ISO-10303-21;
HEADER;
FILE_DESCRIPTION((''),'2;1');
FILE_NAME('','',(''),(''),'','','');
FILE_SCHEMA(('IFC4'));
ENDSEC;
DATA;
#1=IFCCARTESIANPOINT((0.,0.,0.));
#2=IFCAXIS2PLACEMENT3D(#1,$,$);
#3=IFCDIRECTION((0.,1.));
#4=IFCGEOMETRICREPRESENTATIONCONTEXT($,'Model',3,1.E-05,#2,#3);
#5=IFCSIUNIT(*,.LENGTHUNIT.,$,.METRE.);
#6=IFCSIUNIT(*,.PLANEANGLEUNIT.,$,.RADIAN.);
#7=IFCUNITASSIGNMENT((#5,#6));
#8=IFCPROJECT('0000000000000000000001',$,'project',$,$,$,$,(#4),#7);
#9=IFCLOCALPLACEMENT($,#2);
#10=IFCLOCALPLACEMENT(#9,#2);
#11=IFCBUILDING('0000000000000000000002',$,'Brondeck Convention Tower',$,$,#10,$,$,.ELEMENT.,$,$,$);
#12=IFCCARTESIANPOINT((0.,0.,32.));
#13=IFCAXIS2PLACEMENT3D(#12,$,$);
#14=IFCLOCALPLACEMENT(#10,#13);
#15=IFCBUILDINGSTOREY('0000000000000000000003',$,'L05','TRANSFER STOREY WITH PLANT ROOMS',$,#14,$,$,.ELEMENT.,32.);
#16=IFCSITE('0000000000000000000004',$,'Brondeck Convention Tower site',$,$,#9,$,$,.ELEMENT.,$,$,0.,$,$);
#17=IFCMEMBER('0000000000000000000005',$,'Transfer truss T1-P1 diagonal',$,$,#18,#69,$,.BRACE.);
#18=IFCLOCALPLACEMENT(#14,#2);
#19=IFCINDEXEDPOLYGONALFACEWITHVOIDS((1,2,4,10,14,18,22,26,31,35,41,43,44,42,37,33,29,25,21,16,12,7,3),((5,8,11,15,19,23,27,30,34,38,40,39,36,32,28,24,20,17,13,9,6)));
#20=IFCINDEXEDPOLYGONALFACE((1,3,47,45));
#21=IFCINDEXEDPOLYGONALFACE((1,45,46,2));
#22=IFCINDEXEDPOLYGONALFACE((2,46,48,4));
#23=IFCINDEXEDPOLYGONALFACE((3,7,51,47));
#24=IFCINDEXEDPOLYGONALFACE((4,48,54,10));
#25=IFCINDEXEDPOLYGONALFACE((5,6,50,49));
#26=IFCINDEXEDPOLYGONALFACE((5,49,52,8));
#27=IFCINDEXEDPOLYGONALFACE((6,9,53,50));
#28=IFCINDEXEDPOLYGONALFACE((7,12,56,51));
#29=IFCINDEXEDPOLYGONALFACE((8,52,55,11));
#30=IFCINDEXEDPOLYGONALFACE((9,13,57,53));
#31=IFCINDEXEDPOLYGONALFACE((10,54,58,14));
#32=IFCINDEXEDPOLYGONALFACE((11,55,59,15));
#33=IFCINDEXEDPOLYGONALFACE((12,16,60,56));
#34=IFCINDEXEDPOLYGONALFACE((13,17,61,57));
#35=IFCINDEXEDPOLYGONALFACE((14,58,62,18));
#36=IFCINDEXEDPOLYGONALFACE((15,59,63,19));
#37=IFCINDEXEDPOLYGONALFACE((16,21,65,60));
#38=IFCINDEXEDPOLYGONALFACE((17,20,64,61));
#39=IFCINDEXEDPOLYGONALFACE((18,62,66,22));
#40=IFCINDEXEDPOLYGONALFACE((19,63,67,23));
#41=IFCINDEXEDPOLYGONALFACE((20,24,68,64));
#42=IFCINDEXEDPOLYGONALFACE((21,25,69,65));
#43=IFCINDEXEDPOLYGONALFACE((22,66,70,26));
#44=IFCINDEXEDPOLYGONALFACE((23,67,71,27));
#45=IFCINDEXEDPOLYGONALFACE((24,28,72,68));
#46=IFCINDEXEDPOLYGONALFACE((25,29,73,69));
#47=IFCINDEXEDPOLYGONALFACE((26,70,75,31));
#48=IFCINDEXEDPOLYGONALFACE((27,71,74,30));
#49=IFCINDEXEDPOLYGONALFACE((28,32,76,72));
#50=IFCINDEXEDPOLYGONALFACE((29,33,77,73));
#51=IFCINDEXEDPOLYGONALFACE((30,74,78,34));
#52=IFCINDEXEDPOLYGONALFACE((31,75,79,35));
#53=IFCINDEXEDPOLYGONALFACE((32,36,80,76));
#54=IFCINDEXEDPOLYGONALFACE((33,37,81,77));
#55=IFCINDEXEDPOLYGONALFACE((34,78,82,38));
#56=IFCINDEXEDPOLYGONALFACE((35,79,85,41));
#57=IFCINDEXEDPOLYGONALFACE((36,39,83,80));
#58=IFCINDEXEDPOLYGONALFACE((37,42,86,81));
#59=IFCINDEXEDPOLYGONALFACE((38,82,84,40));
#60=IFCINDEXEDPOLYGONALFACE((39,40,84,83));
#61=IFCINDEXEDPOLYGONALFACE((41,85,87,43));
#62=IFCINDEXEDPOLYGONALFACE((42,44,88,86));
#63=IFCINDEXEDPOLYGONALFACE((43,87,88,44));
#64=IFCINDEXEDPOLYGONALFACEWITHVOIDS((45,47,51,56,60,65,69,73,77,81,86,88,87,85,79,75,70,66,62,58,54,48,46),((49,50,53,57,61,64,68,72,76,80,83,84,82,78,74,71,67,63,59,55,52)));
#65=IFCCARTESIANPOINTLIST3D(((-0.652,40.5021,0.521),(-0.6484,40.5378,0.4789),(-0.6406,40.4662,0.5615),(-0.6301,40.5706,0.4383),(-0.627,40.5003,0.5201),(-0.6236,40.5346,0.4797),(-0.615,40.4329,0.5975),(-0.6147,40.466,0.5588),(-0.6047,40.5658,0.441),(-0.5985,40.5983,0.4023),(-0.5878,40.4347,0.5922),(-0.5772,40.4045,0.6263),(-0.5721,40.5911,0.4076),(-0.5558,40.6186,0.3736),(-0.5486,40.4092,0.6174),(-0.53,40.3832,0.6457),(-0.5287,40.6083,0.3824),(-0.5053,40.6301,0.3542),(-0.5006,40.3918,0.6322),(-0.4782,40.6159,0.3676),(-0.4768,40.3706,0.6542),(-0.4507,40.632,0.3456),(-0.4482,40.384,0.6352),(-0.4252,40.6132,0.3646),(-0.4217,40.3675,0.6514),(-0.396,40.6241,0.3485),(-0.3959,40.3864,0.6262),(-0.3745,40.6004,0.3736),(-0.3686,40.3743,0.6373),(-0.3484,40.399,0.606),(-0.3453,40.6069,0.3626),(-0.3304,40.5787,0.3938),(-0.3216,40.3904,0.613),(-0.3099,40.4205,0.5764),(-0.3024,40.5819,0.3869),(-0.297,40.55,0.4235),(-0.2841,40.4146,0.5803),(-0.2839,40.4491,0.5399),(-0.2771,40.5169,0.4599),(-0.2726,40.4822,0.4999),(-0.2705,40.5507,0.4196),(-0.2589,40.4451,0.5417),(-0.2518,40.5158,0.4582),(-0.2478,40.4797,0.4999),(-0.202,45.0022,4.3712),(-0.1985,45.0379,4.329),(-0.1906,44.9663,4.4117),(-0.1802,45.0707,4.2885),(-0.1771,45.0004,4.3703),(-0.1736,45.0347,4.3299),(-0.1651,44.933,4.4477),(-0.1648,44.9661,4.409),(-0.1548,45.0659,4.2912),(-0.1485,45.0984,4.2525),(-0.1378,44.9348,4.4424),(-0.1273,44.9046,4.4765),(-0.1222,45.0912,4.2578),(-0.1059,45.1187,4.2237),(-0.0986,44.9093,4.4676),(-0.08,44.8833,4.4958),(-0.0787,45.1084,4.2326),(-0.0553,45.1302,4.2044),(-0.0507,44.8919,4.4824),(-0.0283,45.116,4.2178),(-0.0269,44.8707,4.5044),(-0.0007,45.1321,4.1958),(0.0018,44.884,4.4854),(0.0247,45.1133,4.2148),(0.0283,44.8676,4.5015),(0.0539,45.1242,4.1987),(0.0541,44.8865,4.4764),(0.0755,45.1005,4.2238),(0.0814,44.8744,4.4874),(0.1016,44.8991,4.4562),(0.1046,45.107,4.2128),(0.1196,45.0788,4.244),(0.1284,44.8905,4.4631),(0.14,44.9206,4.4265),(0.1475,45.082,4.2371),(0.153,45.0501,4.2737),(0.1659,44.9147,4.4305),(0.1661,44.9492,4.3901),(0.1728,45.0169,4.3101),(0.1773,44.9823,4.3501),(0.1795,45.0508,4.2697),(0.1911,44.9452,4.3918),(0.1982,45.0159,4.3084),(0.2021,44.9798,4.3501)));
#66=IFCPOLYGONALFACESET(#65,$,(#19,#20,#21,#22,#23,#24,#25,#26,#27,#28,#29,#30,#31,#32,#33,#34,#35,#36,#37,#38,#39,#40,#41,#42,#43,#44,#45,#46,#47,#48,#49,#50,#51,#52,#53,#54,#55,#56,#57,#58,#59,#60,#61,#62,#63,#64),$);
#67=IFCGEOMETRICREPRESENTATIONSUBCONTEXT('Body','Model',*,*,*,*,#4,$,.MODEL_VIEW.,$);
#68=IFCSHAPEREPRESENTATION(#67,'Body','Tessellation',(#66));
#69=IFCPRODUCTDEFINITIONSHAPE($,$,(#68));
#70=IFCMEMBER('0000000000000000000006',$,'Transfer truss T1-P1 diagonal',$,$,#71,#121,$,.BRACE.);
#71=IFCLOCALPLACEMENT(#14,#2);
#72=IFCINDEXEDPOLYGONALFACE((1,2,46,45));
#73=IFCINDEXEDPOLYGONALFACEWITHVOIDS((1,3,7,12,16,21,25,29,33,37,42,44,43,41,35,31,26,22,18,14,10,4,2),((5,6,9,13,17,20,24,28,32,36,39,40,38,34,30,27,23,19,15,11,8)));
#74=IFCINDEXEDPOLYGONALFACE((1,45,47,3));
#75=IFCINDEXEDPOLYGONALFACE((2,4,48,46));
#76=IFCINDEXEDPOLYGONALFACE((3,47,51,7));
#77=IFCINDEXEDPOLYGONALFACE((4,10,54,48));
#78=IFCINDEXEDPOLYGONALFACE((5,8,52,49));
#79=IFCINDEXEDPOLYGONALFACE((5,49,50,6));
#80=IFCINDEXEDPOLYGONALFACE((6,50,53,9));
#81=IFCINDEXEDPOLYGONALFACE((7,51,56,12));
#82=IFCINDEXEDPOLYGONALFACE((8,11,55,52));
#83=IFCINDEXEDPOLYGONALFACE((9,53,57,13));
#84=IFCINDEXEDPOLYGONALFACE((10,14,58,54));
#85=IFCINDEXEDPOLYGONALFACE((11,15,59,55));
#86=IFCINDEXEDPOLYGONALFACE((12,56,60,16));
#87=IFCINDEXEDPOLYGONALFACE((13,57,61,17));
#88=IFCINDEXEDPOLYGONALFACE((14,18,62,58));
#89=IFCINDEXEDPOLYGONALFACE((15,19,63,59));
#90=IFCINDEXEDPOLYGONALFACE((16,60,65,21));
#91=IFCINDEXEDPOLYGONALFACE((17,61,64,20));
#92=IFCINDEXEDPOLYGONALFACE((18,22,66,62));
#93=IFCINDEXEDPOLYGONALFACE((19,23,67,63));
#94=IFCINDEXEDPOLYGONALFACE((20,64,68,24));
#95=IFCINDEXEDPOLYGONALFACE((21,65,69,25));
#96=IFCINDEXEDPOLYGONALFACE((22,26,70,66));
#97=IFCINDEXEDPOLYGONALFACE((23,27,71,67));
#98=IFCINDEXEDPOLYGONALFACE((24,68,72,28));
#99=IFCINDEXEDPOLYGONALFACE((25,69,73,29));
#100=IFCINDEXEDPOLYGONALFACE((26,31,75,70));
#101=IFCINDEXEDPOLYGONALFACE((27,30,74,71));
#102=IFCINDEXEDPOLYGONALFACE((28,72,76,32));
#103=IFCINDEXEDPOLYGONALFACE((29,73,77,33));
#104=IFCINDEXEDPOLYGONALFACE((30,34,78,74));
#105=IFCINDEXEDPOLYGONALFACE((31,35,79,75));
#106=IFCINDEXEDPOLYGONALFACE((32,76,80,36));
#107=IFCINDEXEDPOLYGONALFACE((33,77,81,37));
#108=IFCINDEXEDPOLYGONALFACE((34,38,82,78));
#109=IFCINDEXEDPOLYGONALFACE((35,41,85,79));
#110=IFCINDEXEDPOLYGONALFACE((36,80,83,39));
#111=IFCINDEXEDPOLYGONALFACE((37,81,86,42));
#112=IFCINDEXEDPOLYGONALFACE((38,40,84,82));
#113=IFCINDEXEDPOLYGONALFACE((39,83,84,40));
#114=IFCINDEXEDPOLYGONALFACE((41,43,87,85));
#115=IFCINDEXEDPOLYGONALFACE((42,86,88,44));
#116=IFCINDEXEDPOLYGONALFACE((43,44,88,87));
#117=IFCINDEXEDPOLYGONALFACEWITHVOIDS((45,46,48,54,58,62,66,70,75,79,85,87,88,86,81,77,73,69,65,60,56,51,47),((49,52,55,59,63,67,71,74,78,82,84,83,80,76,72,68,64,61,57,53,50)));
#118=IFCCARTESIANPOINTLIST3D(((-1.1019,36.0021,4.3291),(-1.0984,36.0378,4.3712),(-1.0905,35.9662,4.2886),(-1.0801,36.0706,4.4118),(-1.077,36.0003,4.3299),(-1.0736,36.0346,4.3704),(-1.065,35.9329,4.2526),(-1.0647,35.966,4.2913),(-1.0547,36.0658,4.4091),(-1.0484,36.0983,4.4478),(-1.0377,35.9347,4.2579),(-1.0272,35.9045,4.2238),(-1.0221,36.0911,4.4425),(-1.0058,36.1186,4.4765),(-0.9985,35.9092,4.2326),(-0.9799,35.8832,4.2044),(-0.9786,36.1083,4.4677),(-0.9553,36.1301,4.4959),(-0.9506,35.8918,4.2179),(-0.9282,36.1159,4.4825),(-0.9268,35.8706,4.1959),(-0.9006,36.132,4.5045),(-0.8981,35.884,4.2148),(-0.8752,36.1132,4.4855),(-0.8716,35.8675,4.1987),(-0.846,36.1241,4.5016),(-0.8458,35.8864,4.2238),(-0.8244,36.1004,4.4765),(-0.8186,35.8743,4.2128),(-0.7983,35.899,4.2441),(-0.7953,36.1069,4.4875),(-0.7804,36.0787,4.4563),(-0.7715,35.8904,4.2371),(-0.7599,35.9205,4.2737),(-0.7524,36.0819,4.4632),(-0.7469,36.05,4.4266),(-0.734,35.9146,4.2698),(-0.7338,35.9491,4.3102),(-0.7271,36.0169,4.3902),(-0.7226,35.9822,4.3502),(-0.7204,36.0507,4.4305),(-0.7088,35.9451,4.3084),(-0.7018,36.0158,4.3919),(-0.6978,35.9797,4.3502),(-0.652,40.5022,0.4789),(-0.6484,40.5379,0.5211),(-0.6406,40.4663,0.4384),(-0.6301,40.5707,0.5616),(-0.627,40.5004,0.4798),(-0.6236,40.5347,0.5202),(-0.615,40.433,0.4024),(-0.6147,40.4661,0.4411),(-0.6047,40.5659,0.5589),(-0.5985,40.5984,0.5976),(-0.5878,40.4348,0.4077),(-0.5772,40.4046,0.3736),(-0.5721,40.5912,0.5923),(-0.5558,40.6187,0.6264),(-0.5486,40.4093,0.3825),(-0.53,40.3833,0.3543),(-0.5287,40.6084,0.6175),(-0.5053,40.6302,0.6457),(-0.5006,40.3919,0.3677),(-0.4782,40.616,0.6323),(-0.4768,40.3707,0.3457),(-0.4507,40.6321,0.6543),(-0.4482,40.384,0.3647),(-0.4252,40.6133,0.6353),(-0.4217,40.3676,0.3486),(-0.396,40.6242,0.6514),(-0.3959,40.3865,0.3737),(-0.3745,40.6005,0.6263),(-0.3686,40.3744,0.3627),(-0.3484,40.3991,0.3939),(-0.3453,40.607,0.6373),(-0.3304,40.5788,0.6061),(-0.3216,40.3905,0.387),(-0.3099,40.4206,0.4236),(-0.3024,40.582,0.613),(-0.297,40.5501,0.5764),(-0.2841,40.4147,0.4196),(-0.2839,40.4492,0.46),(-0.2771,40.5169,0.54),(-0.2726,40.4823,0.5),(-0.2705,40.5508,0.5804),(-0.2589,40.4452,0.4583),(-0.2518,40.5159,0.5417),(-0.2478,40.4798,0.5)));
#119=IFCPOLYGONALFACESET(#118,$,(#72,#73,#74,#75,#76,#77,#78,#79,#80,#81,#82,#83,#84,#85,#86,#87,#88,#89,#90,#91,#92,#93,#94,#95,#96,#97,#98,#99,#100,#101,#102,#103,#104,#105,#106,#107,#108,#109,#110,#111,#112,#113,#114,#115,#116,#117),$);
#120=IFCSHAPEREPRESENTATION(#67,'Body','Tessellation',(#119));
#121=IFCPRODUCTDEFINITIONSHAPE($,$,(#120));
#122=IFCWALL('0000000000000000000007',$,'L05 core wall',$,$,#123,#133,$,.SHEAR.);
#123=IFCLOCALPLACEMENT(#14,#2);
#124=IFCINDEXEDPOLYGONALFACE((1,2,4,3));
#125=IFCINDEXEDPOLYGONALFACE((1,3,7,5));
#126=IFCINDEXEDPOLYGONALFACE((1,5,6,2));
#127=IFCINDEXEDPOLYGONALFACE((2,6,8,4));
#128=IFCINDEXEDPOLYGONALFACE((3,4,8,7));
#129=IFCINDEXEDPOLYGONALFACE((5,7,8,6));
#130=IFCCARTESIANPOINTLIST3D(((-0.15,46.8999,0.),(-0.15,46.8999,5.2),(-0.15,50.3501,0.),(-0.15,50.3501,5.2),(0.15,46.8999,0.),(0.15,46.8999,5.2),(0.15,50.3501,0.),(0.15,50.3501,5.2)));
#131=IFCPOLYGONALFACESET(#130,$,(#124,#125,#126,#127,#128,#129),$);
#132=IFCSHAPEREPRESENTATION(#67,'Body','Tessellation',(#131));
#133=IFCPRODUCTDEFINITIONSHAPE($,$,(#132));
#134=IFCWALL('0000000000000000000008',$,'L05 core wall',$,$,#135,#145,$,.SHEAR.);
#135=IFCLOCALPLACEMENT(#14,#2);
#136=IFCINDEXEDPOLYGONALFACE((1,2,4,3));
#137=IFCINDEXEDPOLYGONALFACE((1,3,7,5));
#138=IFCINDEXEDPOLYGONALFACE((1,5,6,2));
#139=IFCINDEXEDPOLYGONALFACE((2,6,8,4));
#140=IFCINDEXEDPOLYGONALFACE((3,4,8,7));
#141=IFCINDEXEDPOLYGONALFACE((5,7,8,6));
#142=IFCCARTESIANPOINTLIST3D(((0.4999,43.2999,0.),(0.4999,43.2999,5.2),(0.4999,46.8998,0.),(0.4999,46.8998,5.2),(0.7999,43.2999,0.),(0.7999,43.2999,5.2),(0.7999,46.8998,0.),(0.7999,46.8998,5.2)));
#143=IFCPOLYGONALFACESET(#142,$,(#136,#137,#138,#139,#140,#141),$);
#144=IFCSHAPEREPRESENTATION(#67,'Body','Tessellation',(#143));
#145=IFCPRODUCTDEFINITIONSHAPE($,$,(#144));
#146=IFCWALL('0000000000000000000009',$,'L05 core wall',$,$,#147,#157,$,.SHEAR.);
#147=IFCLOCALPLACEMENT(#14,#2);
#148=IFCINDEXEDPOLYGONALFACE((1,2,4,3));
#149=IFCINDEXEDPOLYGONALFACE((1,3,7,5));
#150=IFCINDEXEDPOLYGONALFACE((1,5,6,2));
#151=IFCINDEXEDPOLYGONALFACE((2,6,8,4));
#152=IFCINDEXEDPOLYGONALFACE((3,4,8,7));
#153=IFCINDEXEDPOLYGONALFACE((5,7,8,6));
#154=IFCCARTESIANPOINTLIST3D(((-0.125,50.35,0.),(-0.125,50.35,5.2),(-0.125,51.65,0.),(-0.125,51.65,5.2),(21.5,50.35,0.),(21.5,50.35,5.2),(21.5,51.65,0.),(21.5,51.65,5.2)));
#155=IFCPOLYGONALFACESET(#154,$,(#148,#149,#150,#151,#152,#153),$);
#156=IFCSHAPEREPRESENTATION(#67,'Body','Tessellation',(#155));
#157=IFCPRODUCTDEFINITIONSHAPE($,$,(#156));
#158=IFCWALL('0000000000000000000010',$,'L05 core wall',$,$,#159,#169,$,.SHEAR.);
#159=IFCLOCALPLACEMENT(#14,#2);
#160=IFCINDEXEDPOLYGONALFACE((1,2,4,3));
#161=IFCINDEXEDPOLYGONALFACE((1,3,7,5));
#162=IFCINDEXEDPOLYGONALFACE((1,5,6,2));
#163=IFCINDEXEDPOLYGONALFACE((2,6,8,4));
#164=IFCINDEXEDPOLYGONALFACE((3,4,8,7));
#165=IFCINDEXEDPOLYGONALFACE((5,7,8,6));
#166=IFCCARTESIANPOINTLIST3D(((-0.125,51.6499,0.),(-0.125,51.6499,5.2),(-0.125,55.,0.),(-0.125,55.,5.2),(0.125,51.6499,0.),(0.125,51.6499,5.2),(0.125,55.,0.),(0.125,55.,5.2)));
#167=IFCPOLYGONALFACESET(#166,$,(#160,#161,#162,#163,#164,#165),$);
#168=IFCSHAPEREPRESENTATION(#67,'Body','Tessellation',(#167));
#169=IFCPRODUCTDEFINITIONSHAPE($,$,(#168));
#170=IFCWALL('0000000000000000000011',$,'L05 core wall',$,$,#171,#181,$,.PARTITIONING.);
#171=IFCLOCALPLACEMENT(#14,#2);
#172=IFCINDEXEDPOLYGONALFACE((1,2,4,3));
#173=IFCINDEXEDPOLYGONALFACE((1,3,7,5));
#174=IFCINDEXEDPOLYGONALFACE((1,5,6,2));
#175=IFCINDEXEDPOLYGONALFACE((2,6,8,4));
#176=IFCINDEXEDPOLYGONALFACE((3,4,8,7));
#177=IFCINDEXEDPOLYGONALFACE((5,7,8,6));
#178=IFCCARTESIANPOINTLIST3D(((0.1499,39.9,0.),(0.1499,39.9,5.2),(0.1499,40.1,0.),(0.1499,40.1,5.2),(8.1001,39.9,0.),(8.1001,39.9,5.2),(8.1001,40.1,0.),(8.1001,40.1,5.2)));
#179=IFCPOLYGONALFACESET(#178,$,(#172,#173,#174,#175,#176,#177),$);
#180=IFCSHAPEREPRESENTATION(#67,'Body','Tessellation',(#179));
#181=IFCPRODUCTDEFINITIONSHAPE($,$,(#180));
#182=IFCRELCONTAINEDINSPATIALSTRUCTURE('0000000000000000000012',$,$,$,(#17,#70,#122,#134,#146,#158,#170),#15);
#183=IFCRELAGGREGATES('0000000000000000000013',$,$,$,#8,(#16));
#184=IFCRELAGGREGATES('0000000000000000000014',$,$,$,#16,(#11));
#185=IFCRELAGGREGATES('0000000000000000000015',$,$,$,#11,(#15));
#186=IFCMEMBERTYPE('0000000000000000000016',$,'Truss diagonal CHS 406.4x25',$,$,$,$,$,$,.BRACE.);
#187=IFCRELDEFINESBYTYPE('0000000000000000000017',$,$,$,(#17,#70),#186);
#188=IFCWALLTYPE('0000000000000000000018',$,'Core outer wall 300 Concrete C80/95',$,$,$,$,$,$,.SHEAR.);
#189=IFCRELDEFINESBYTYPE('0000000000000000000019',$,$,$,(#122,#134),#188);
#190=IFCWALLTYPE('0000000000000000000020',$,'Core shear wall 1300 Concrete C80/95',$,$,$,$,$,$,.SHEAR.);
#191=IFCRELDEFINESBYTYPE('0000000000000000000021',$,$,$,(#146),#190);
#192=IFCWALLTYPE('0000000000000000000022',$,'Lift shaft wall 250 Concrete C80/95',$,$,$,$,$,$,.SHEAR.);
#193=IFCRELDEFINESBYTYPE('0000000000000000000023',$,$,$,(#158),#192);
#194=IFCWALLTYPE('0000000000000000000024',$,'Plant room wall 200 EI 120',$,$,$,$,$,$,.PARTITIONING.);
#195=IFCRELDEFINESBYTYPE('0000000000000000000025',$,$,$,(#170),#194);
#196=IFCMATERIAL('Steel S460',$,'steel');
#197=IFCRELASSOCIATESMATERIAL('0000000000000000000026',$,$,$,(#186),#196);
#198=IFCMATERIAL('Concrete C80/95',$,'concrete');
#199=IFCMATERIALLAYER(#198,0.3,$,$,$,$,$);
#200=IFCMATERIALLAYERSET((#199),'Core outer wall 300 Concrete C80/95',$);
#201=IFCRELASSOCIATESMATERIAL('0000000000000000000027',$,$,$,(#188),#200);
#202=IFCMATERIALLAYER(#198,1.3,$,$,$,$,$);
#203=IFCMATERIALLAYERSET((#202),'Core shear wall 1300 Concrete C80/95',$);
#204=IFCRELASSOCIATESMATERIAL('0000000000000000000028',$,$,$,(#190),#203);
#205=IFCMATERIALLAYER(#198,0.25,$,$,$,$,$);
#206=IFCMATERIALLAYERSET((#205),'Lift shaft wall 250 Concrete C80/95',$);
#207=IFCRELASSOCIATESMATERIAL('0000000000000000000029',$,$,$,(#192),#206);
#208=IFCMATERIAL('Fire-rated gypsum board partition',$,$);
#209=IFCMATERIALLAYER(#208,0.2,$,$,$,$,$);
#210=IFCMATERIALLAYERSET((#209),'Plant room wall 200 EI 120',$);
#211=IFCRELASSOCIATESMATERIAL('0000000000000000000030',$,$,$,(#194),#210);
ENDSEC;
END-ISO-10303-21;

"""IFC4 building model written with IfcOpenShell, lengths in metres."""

from ifc_helpers import new_model, si_unit, direction, frame, frame_2d, origin, origin_2d, place, context, subcontext, project, spatial, rectangle, hollow_circle, extrude, material, layer, layer_set, material_profile, profile_set, type_object, element, save


model = new_model("IFC4")

# Units and contexts
model_context = context("Model", 3, precision=1e-05, world=origin(), true_north=direction((0.0, 1.0)))
body_context = subcontext(model_context, "Body", "Model", "MODEL_VIEW")
ifc_project = project(units=[si_unit("LENGTHUNIT", "METRE"), si_unit("PLANEANGLEUNIT", "RADIAN")], contexts=[model_context])

# Site, building, storey
site_placement = place(None, origin())
site = spatial("IfcSite", under=ifc_project, at=site_placement, Name="Brondeck Convention Tower site", CompositionType="ELEMENT", RefElevation=0.0)
building_placement = place(site_placement, origin())
building = spatial("IfcBuilding", under=site, at=building_placement, Name="Brondeck Convention Tower", CompositionType="ELEMENT")
storey_placement = place(building_placement, frame((0.0, 0.0, 32.0)))
storey = spatial("IfcBuildingStorey", under=building, at=storey_placement, Name="L05", Description="TRANSFER STOREY WITH PLANT ROOMS", CompositionType="ELEMENT", Elevation=32.0)

# Shared definitions
ifc_material_1 = material(Name="Steel S460", Category="steel")

# Shared definitions
ifc_material_2 = material(Name="Concrete C80/95", Category="concrete")

# Members
ifc_material_profile_1 = material_profile(ifc_material_1, hollow_circle(Radius=0.2031, WallThickness=0.0249, at=origin_2d()), Name="CHS 406.4x25")
ifc_profile_set_1 = profile_set([ifc_material_profile_1], Name="Steel S460")
member_type_1 = type_object("IfcMemberType", Name="Truss diagonal CHS 406.4x25", PredefinedType="BRACE", material=ifc_profile_set_1)
for number, where, z_axis, x_axis, name in (
    (1, (0.0, 45.0, 4.3501), (-0.075758, -0.75766, -0.648237), (0.995038, -0.099493, 0.0), "Transfer truss T1-P1 diagonal"),
    (2, (-0.45, 40.5, 0.5), (-0.075758, -0.75766, 0.648237), (0.995038, -0.099493, 0.0), "Transfer truss T1-P1 diagonal"),
):
    element("IfcMember", number, at=place(storey_placement, frame(where, z_axis=z_axis, x_axis=x_axis)), inside=storey, type_object=member_type_1, Name=name, PredefinedType="BRACE", context=body_context, shape_type="SweptSolid", body=[
        extrude(hollow_circle(Radius=0.2031, WallThickness=0.0249, at=origin_2d()), origin(), (0.0, 0.0, 1.0), 5.9395),
    ])

# Walls
ifc_layer_1 = layer(ifc_material_2, 0.3)
ifc_layer_set_1 = layer_set([ifc_layer_1], Name="Core outer wall 300 Concrete C80/95")
wall_type_1 = type_object("IfcWallType", Name="Core outer wall 300 Concrete C80/95", PredefinedType="SHEAR", material=ifc_layer_set_1)
wall_1_placement = place(storey_placement, frame((0.0, 46.8999, 0.0), z_axis=(0.0, 0.0, 1.0), x_axis=(0.0, 1.0, 0.0)))
element("IfcWall", 3, at=wall_1_placement, inside=storey, type_object=wall_type_1, Name="L05 core wall", PredefinedType="SHEAR", context=body_context, shape_type="SweptSolid", body=[
    extrude(rectangle(XDim=3.4502, YDim=0.3, at=frame_2d((1.7251, 0.0))), origin(), (0.0, 0.0, 1.0), 5.2),
])
wall_2_placement = place(storey_placement, frame((0.6499, 43.3, 0.0), z_axis=(0.0, 0.0, 1.0), x_axis=(0.0, 1.0, 0.0)))
element("IfcWall", 4, at=wall_2_placement, inside=storey, type_object=wall_type_1, Name="L05 core wall", PredefinedType="SHEAR", context=body_context, shape_type="SweptSolid", body=[
    extrude(rectangle(XDim=3.5999, YDim=0.3, at=frame_2d((1.7998, 0.0))), origin(), (0.0, 0.0, 1.0), 5.2),
])
ifc_layer_2 = layer(ifc_material_2, 1.3)
ifc_layer_set_2 = layer_set([ifc_layer_2], Name="Core shear wall 1300 Concrete C80/95")
wall_type_2 = type_object("IfcWallType", Name="Core shear wall 1300 Concrete C80/95", PredefinedType="SHEAR", material=ifc_layer_set_2)
wall_3_placement = place(storey_placement, frame((-0.125, 51.0, 0.0), z_axis=(0.0, 0.0, 1.0), x_axis=(1.0, 0.0, 0.0)))
element("IfcWall", 5, at=wall_3_placement, inside=storey, type_object=wall_type_2, Name="L05 core wall", PredefinedType="SHEAR", context=body_context, shape_type="SweptSolid", body=[
    extrude(rectangle(XDim=21.625, YDim=1.3, at=frame_2d((10.8125, 0.0))), origin(), (0.0, 0.0, 1.0), 5.2),
])
ifc_layer_3 = layer(ifc_material_2, 0.25)
ifc_layer_set_3 = layer_set([ifc_layer_3], Name="Lift shaft wall 250 Concrete C80/95")
wall_type_3 = type_object("IfcWallType", Name="Lift shaft wall 250 Concrete C80/95", PredefinedType="SHEAR", material=ifc_layer_set_3)
wall_4_placement = place(storey_placement, frame((0.0, 51.6499, 0.0), z_axis=(0.0, 0.0, 1.0), x_axis=(0.0, 1.0, 0.0)))
element("IfcWall", 6, at=wall_4_placement, inside=storey, type_object=wall_type_3, Name="L05 core wall", PredefinedType="SHEAR", context=body_context, shape_type="SweptSolid", body=[
    extrude(rectangle(XDim=3.3501, YDim=0.25, at=frame_2d((1.675, 0.0))), origin(), (0.0, 0.0, 1.0), 5.2),
])
ifc_material_3 = material(Name="Fire-rated gypsum board partition")
ifc_layer_4 = layer(ifc_material_3, 0.2)
ifc_layer_set_4 = layer_set([ifc_layer_4], Name="Plant room wall 200 EI 120")
wall_type_4 = type_object("IfcWallType", Name="Plant room wall 200 EI 120", PredefinedType="PARTITIONING", material=ifc_layer_set_4)
wall_5_placement = place(storey_placement, frame((0.1499, 40.0, 0.0), z_axis=(0.0, 0.0, 1.0), x_axis=(1.0, 0.0, 0.0)))
element("IfcWall", 7, at=wall_5_placement, inside=storey, type_object=wall_type_4, Name="L05 core wall", PredefinedType="PARTITIONING", context=body_context, shape_type="SweptSolid", body=[
    extrude(rectangle(XDim=7.9502, YDim=0.2, at=frame_2d((3.9751, 0.0))), origin(), (0.0, 0.0, 1.0), 5.2),
])

save(model, "model.ifc")
